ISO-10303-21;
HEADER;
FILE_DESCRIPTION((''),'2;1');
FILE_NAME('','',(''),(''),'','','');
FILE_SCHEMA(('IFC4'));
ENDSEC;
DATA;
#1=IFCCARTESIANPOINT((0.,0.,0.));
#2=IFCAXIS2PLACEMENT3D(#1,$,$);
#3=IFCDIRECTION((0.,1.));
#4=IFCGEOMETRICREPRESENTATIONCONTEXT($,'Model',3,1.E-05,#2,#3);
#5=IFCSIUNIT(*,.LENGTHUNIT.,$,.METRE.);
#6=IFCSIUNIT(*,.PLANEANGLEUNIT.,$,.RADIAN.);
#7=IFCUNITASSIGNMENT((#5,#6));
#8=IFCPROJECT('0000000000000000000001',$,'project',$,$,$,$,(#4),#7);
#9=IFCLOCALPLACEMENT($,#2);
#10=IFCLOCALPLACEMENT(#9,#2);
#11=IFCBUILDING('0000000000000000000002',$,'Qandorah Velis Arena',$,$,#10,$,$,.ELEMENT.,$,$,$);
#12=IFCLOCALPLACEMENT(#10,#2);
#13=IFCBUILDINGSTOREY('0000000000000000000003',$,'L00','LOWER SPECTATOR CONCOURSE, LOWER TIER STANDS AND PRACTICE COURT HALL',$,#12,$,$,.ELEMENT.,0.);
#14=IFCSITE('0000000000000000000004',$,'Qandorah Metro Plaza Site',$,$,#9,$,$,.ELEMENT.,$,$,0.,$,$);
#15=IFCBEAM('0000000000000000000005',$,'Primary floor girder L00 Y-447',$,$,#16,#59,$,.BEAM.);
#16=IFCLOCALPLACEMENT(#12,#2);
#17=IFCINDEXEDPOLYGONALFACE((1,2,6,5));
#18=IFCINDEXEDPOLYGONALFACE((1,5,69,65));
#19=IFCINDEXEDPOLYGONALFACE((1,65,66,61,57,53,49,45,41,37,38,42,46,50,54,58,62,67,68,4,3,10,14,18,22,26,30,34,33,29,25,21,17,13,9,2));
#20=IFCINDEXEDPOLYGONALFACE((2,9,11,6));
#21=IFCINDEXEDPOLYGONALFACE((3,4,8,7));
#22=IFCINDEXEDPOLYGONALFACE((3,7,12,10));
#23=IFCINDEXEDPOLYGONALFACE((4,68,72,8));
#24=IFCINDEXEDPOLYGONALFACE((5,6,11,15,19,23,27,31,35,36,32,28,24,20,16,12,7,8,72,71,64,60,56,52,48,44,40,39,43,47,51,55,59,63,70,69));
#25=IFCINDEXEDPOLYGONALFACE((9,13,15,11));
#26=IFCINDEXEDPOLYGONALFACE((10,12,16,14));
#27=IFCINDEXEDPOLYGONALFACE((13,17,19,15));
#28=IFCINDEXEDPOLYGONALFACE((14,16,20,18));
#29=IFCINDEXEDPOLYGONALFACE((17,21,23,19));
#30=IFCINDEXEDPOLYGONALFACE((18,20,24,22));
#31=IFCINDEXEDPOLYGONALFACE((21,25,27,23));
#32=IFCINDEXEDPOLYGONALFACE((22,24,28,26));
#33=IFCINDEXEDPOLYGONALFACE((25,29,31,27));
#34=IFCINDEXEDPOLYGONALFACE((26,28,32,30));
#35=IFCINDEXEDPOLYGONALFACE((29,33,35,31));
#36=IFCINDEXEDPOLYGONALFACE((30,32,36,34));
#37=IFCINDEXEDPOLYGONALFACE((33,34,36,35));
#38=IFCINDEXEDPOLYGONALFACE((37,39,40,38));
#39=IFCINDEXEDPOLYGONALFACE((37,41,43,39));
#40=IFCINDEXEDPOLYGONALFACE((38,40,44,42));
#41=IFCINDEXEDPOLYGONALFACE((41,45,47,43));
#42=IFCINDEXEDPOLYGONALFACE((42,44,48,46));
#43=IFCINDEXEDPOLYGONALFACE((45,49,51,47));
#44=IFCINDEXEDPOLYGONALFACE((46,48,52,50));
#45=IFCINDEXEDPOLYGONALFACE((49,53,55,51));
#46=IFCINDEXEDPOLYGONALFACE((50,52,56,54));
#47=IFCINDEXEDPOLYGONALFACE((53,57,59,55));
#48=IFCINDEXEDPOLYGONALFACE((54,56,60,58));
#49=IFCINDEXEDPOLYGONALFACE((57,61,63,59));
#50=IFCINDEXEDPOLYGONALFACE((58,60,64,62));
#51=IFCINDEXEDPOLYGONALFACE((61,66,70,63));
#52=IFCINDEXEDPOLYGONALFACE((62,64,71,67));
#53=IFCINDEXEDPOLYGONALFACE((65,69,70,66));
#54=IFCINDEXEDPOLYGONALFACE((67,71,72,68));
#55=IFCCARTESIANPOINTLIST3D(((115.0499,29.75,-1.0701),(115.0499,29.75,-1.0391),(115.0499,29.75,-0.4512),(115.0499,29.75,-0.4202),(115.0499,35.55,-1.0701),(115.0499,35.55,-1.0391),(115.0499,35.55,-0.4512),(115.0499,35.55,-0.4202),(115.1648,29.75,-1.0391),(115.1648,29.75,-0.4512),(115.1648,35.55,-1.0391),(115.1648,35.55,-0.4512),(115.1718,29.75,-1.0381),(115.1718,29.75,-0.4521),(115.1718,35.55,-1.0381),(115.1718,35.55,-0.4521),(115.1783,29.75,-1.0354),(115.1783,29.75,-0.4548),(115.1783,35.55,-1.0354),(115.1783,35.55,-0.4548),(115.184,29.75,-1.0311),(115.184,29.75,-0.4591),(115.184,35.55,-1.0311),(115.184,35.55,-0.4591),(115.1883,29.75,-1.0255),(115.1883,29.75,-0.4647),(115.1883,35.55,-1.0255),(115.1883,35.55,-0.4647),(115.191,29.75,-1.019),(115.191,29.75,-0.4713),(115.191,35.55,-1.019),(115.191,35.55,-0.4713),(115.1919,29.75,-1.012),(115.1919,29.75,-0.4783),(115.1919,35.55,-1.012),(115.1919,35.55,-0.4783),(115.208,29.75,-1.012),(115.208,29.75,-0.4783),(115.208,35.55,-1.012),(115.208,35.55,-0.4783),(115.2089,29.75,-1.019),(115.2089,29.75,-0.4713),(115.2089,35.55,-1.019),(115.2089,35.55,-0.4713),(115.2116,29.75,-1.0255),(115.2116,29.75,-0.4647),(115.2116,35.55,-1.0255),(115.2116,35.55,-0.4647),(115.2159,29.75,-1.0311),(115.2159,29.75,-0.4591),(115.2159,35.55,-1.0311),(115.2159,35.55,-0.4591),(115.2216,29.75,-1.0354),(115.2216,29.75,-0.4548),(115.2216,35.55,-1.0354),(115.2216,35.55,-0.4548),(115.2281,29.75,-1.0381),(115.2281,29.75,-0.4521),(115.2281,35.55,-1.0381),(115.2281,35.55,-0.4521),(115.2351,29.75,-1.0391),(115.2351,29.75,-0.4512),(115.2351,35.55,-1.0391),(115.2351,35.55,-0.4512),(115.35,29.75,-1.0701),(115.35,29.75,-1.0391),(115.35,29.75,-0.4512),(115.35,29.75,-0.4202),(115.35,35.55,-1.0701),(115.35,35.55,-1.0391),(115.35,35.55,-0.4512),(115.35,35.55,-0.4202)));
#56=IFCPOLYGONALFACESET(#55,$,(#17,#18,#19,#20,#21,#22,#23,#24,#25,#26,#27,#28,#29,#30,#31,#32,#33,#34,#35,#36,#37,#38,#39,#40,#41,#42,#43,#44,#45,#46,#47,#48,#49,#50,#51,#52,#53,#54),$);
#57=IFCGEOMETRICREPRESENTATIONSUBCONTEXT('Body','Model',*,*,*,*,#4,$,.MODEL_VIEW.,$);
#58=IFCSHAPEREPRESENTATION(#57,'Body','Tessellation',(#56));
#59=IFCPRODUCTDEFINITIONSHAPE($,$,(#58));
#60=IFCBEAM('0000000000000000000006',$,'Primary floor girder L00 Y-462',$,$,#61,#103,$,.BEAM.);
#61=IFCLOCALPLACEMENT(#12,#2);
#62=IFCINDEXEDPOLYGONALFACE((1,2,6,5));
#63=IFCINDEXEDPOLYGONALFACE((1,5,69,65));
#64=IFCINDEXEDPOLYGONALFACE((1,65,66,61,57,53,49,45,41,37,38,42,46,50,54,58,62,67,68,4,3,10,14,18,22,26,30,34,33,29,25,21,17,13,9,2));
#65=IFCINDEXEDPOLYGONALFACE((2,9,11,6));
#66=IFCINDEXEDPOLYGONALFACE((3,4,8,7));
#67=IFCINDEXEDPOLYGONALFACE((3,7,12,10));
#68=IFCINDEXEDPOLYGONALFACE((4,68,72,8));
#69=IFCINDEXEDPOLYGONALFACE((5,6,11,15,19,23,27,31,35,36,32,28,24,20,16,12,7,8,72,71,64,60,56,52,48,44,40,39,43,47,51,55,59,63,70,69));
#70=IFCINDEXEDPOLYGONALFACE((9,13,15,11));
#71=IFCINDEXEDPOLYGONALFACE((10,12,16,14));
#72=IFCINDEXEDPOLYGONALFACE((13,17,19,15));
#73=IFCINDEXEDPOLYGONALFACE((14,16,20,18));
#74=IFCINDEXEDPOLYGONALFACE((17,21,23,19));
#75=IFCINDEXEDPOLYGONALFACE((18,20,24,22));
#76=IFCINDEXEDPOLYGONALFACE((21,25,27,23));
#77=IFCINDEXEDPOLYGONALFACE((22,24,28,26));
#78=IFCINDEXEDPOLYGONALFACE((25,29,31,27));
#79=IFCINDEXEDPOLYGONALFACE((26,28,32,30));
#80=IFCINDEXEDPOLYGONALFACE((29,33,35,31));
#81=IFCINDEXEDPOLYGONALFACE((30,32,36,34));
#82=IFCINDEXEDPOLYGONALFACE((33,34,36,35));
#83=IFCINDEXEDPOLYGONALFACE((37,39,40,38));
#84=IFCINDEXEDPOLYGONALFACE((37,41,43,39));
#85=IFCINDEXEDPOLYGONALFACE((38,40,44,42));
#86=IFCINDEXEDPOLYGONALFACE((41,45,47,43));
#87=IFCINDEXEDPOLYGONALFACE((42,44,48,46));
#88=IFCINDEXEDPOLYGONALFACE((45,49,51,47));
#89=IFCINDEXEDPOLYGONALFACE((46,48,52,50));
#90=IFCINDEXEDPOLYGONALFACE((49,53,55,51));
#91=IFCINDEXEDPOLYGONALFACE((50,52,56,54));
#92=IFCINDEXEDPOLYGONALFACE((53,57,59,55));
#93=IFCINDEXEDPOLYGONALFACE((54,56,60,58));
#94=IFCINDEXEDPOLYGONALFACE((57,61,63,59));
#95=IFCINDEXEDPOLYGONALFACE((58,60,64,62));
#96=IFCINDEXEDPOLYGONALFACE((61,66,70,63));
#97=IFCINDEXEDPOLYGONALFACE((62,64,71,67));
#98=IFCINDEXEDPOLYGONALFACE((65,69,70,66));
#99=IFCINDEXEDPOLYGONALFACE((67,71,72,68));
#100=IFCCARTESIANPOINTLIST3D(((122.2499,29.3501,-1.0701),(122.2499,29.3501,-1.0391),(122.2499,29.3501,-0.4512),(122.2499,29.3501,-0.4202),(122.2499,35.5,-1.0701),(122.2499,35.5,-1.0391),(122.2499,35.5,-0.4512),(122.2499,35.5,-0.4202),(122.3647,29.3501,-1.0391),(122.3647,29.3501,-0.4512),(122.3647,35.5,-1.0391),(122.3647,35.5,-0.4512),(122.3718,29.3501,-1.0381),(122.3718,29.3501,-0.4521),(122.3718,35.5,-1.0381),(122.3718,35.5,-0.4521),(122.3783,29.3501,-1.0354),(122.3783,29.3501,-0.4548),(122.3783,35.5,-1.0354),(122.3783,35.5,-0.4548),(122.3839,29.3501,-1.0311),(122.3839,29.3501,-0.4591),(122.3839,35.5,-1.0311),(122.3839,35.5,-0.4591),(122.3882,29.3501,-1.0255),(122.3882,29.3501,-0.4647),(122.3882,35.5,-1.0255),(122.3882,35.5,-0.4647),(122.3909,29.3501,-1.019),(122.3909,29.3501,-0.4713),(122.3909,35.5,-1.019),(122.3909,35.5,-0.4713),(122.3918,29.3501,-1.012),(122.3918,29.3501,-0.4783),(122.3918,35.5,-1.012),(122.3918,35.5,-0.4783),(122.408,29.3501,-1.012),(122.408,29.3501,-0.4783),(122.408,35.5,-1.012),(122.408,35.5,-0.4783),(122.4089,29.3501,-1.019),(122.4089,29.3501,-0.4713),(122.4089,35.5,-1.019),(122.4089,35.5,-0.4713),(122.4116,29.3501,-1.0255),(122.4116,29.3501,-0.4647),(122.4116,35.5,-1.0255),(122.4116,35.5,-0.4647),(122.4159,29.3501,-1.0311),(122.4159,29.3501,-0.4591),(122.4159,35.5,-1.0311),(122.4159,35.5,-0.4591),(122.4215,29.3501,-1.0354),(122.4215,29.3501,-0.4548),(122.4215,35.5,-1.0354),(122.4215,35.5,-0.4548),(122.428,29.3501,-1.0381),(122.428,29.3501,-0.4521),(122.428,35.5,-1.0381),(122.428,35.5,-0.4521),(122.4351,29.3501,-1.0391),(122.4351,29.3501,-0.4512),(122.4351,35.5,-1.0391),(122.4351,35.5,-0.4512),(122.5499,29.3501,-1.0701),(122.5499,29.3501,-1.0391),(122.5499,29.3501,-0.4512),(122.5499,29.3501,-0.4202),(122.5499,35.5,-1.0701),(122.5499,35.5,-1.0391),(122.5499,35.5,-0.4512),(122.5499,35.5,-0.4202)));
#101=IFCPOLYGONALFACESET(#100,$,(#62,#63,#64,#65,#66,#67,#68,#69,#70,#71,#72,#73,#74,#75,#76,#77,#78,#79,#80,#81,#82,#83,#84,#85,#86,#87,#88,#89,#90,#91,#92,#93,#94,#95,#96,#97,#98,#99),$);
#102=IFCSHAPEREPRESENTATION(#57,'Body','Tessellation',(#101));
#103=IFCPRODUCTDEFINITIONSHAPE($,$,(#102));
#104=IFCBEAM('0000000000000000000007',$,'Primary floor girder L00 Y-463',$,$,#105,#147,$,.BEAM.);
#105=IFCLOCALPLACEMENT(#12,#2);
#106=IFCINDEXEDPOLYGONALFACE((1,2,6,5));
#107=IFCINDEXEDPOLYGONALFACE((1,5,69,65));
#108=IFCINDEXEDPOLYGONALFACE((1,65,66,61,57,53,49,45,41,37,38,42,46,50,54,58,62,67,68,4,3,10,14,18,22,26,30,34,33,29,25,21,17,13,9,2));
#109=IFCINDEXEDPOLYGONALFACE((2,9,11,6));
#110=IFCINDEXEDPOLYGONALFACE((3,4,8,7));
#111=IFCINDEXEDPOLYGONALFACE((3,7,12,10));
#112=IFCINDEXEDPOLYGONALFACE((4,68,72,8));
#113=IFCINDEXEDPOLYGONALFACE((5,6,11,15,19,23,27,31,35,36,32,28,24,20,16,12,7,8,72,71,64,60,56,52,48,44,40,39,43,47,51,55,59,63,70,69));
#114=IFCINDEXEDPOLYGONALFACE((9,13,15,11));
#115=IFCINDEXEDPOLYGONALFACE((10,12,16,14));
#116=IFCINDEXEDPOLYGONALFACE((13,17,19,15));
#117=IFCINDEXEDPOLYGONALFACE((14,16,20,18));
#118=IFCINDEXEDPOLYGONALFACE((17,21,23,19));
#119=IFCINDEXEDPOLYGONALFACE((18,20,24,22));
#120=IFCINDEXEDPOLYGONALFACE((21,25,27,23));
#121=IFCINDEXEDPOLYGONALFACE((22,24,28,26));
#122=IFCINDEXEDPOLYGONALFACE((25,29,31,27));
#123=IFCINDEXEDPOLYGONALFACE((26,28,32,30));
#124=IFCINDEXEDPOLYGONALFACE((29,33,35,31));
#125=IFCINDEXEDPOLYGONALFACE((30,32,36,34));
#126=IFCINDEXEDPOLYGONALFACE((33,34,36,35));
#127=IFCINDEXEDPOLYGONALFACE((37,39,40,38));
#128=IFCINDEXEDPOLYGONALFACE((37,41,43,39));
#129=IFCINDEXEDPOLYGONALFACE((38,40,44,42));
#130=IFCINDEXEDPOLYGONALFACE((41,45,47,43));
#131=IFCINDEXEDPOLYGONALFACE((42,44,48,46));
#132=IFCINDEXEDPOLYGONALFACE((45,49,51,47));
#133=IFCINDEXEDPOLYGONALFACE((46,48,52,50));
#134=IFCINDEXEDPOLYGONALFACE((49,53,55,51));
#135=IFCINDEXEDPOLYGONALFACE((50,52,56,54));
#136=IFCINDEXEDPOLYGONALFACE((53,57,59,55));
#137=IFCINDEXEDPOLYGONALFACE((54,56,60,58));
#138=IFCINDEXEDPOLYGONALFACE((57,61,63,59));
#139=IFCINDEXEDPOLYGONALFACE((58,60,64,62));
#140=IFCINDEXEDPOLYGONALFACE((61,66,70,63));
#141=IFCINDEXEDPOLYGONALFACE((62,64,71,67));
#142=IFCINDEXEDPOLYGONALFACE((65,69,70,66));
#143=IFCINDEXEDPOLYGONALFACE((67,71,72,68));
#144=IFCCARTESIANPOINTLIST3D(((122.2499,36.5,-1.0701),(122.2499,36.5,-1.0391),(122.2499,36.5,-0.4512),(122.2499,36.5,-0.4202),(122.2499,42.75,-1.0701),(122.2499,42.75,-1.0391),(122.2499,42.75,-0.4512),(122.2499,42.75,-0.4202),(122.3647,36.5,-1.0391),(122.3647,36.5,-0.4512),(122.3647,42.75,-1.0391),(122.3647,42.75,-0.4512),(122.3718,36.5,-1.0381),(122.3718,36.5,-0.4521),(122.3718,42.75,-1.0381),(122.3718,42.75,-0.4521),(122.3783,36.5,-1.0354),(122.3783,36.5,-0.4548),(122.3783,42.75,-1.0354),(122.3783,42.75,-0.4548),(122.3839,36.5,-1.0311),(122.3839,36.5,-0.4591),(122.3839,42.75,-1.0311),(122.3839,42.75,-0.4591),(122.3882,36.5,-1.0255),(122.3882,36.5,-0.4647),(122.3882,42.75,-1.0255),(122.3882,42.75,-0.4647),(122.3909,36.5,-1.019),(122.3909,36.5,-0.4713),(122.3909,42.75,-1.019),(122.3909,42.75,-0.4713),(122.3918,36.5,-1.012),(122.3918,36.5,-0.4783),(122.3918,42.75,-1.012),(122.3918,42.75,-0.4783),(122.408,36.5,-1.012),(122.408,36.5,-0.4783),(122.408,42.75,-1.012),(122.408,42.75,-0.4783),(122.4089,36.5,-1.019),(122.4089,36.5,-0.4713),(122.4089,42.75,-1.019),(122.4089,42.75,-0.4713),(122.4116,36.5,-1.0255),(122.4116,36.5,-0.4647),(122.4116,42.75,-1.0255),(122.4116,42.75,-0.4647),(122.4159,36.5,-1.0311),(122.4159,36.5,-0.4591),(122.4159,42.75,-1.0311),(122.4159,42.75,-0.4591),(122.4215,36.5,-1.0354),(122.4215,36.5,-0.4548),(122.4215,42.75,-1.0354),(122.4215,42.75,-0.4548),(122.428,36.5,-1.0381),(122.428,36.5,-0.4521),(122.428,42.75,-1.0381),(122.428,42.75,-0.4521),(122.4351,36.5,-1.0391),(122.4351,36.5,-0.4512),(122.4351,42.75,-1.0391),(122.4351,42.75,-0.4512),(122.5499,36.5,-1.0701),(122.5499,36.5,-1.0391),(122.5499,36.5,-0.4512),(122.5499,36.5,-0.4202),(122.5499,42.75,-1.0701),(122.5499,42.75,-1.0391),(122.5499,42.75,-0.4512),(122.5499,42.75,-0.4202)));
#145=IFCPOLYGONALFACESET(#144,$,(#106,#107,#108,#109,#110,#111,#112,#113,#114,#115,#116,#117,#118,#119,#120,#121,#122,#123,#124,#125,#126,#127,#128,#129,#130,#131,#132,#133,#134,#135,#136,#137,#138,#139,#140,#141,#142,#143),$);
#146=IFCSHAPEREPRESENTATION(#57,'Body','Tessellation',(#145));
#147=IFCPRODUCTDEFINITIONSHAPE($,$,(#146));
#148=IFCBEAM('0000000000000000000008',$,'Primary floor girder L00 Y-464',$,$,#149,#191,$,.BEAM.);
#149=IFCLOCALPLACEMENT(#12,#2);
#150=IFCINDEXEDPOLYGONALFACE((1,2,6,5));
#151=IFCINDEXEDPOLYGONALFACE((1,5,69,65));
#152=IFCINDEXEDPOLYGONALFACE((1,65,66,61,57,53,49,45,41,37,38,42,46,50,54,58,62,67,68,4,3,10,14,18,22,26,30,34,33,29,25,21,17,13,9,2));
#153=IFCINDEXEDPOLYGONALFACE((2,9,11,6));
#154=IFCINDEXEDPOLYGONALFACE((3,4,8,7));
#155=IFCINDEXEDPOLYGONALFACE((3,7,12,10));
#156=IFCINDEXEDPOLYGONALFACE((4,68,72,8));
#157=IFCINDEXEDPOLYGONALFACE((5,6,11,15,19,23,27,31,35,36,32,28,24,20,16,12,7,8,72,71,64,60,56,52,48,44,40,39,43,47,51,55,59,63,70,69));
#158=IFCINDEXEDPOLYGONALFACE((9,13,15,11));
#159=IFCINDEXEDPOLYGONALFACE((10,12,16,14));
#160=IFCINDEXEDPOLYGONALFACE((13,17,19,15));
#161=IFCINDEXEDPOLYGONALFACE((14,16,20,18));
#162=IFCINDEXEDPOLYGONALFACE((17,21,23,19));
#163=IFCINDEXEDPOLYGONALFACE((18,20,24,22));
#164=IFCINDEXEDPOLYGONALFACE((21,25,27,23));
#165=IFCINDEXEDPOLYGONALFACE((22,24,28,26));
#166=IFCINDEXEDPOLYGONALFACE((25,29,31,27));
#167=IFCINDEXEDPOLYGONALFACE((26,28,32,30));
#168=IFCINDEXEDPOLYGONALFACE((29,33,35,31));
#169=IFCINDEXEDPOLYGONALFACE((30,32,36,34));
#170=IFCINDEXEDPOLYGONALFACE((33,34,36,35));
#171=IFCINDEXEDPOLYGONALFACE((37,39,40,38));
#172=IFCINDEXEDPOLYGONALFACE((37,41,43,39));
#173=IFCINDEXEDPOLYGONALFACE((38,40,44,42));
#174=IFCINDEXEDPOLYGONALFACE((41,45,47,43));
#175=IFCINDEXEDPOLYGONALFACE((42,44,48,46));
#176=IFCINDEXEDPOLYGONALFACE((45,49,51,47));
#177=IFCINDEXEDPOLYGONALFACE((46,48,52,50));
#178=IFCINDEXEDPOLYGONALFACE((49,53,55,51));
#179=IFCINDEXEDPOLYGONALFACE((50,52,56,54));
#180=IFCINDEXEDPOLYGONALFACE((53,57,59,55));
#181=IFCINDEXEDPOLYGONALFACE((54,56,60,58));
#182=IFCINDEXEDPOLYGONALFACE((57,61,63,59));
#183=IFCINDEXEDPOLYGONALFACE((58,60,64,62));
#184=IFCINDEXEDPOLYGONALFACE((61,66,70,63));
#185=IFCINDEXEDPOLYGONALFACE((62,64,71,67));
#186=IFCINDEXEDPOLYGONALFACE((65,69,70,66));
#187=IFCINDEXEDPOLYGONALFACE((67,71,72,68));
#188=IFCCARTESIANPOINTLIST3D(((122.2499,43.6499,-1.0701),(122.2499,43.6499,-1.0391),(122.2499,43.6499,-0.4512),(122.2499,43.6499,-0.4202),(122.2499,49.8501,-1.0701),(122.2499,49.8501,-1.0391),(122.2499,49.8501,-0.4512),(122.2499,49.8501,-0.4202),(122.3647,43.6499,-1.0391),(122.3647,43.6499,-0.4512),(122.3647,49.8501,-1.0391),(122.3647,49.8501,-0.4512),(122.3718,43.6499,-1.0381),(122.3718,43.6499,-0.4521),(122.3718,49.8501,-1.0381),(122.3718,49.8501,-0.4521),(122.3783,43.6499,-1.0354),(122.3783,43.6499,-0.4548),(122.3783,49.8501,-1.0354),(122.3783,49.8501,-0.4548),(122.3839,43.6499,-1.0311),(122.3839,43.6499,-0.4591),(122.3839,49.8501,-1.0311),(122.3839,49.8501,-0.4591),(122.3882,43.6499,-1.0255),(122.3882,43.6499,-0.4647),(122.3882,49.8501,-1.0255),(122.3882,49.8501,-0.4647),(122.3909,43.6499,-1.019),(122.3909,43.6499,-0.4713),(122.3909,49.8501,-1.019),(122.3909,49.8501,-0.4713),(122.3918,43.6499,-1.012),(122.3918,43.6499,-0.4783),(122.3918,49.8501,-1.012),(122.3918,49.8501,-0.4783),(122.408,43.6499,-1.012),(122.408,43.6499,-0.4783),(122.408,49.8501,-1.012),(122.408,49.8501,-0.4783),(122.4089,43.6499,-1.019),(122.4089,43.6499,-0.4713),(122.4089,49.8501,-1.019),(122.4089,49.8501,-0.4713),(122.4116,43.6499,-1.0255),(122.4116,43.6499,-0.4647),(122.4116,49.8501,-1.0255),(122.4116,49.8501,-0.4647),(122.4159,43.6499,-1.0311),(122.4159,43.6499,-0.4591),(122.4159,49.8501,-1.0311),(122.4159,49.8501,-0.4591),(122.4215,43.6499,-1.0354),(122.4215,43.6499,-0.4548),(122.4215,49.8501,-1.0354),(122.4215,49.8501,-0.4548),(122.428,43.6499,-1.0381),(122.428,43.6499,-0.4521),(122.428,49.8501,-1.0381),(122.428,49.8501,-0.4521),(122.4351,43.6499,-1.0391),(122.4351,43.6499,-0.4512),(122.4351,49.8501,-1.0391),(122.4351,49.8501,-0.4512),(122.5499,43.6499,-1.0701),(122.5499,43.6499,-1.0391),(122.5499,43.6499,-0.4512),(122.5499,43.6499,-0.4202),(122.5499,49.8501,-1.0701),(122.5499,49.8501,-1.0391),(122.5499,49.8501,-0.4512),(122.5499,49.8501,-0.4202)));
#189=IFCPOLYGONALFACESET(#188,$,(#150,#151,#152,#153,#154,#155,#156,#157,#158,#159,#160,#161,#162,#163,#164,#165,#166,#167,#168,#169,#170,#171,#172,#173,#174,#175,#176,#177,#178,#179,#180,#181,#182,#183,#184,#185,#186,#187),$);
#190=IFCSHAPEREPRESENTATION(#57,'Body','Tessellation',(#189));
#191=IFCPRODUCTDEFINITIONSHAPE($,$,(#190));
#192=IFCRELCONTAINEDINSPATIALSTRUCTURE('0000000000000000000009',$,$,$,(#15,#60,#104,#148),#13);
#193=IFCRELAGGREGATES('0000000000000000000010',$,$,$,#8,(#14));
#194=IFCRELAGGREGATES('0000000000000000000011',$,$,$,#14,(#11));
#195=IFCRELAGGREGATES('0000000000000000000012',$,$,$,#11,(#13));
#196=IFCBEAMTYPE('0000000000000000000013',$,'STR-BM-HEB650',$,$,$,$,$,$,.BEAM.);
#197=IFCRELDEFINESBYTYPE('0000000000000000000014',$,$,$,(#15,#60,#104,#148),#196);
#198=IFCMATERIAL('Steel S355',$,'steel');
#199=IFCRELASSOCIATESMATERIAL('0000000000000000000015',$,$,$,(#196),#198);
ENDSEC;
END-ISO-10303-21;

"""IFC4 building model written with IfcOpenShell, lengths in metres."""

from ifc_helpers import new_model, si_unit, direction, frame, origin, origin_2d, place, context, subcontext, project, spatial, i_section, extrude, material, material_profile, profile_set, type_object, element, save


model = new_model("IFC4")

# Units and contexts
model_context = context("Model", 3, precision=1e-05, world=origin(), true_north=direction((0.0, 1.0)))
body_context = subcontext(model_context, "Body", "Model", "MODEL_VIEW")
ifc_project = project(units=[si_unit("LENGTHUNIT", "METRE"), si_unit("PLANEANGLEUNIT", "RADIAN")], contexts=[model_context])

# Site, building, storey
site_placement = place(None, origin())
site = spatial("IfcSite", under=ifc_project, at=site_placement, Name="Qandorah Metro Plaza Site", CompositionType="ELEMENT", RefElevation=0.0)
building_placement = place(site_placement, origin())
building = spatial("IfcBuilding", under=site, at=building_placement, Name="Qandorah Velis Arena", CompositionType="ELEMENT")
storey_placement = place(building_placement, origin())
storey = spatial("IfcBuildingStorey", under=building, at=storey_placement, Name="L00", Description="LOWER SPECTATOR CONCOURSE, LOWER TIER STANDS AND PRACTICE COURT HALL", CompositionType="ELEMENT", Elevation=0.0)

# Beams
ifc_material_1 = material(Name="Steel S355", Category="steel")
ifc_material_profile_1 = material_profile(ifc_material_1, i_section(OverallWidth=0.3, OverallDepth=0.6499, WebThickness=0.0161, FlangeThickness=0.031, FilletRadius=0.0271, at=origin_2d()), Name="HEB 650")
ifc_profile_set_1 = profile_set([ifc_material_profile_1], Name="Steel S355")
beam_type_1 = type_object("IfcBeamType", Name="STR-BM-HEB650", PredefinedType="BEAM", material=ifc_profile_set_1)
beam_1_placement = place(storey_placement, frame((115.2, 29.75, -0.7451), z_axis=(0.0, 1.0, 0.0), x_axis=(-1.0, 0.0, 0.0)))
element("IfcBeam", 1, at=beam_1_placement, inside=storey, type_object=beam_type_1, Name="Primary floor girder L00 Y-447", PredefinedType="BEAM", context=body_context, shape_type="SweptSolid", body=[
    extrude(i_section(OverallWidth=0.3, OverallDepth=0.6499, WebThickness=0.0161, FlangeThickness=0.031, FilletRadius=0.0271, at=origin_2d()), origin(), (0.0, 0.0, 1.0), 5.8),
])
beam_2_placement = place(storey_placement, frame((122.3999, 29.3501, -0.7451), z_axis=(0.0, 1.0, 0.0), x_axis=(-1.0, 0.0, 0.0)))
element("IfcBeam", 2, at=beam_2_placement, inside=storey, type_object=beam_type_1, Name="Primary floor girder L00 Y-462", PredefinedType="BEAM", context=body_context, shape_type="SweptSolid", body=[
    extrude(i_section(OverallWidth=0.3, OverallDepth=0.6499, WebThickness=0.0161, FlangeThickness=0.031, FilletRadius=0.0271, at=origin_2d()), origin(), (0.0, 0.0, 1.0), 6.1499),
])
beam_3_placement = place(storey_placement, frame((122.3999, 36.5, -0.7451), z_axis=(0.0, 1.0, 0.0), x_axis=(-1.0, 0.0, 0.0)))
element("IfcBeam", 3, at=beam_3_placement, inside=storey, type_object=beam_type_1, Name="Primary floor girder L00 Y-463", PredefinedType="BEAM", context=body_context, shape_type="SweptSolid", body=[
    extrude(i_section(OverallWidth=0.3, OverallDepth=0.6499, WebThickness=0.0161, FlangeThickness=0.031, FilletRadius=0.0271, at=origin_2d()), origin(), (0.0, 0.0, 1.0), 6.25),
])
beam_4_placement = place(storey_placement, frame((122.3999, 43.6499, -0.7451), z_axis=(0.0, 1.0, 0.0), x_axis=(-1.0, 0.0, 0.0)))
element("IfcBeam", 4, at=beam_4_placement, inside=storey, type_object=beam_type_1, Name="Primary floor girder L00 Y-464", PredefinedType="BEAM", context=body_context, shape_type="SweptSolid", body=[
    extrude(i_section(OverallWidth=0.3, OverallDepth=0.6499, WebThickness=0.0161, FlangeThickness=0.031, FilletRadius=0.0271, at=origin_2d()), origin(), (0.0, 0.0, 1.0), 6.2002),
])

save(model, "model.ifc")
